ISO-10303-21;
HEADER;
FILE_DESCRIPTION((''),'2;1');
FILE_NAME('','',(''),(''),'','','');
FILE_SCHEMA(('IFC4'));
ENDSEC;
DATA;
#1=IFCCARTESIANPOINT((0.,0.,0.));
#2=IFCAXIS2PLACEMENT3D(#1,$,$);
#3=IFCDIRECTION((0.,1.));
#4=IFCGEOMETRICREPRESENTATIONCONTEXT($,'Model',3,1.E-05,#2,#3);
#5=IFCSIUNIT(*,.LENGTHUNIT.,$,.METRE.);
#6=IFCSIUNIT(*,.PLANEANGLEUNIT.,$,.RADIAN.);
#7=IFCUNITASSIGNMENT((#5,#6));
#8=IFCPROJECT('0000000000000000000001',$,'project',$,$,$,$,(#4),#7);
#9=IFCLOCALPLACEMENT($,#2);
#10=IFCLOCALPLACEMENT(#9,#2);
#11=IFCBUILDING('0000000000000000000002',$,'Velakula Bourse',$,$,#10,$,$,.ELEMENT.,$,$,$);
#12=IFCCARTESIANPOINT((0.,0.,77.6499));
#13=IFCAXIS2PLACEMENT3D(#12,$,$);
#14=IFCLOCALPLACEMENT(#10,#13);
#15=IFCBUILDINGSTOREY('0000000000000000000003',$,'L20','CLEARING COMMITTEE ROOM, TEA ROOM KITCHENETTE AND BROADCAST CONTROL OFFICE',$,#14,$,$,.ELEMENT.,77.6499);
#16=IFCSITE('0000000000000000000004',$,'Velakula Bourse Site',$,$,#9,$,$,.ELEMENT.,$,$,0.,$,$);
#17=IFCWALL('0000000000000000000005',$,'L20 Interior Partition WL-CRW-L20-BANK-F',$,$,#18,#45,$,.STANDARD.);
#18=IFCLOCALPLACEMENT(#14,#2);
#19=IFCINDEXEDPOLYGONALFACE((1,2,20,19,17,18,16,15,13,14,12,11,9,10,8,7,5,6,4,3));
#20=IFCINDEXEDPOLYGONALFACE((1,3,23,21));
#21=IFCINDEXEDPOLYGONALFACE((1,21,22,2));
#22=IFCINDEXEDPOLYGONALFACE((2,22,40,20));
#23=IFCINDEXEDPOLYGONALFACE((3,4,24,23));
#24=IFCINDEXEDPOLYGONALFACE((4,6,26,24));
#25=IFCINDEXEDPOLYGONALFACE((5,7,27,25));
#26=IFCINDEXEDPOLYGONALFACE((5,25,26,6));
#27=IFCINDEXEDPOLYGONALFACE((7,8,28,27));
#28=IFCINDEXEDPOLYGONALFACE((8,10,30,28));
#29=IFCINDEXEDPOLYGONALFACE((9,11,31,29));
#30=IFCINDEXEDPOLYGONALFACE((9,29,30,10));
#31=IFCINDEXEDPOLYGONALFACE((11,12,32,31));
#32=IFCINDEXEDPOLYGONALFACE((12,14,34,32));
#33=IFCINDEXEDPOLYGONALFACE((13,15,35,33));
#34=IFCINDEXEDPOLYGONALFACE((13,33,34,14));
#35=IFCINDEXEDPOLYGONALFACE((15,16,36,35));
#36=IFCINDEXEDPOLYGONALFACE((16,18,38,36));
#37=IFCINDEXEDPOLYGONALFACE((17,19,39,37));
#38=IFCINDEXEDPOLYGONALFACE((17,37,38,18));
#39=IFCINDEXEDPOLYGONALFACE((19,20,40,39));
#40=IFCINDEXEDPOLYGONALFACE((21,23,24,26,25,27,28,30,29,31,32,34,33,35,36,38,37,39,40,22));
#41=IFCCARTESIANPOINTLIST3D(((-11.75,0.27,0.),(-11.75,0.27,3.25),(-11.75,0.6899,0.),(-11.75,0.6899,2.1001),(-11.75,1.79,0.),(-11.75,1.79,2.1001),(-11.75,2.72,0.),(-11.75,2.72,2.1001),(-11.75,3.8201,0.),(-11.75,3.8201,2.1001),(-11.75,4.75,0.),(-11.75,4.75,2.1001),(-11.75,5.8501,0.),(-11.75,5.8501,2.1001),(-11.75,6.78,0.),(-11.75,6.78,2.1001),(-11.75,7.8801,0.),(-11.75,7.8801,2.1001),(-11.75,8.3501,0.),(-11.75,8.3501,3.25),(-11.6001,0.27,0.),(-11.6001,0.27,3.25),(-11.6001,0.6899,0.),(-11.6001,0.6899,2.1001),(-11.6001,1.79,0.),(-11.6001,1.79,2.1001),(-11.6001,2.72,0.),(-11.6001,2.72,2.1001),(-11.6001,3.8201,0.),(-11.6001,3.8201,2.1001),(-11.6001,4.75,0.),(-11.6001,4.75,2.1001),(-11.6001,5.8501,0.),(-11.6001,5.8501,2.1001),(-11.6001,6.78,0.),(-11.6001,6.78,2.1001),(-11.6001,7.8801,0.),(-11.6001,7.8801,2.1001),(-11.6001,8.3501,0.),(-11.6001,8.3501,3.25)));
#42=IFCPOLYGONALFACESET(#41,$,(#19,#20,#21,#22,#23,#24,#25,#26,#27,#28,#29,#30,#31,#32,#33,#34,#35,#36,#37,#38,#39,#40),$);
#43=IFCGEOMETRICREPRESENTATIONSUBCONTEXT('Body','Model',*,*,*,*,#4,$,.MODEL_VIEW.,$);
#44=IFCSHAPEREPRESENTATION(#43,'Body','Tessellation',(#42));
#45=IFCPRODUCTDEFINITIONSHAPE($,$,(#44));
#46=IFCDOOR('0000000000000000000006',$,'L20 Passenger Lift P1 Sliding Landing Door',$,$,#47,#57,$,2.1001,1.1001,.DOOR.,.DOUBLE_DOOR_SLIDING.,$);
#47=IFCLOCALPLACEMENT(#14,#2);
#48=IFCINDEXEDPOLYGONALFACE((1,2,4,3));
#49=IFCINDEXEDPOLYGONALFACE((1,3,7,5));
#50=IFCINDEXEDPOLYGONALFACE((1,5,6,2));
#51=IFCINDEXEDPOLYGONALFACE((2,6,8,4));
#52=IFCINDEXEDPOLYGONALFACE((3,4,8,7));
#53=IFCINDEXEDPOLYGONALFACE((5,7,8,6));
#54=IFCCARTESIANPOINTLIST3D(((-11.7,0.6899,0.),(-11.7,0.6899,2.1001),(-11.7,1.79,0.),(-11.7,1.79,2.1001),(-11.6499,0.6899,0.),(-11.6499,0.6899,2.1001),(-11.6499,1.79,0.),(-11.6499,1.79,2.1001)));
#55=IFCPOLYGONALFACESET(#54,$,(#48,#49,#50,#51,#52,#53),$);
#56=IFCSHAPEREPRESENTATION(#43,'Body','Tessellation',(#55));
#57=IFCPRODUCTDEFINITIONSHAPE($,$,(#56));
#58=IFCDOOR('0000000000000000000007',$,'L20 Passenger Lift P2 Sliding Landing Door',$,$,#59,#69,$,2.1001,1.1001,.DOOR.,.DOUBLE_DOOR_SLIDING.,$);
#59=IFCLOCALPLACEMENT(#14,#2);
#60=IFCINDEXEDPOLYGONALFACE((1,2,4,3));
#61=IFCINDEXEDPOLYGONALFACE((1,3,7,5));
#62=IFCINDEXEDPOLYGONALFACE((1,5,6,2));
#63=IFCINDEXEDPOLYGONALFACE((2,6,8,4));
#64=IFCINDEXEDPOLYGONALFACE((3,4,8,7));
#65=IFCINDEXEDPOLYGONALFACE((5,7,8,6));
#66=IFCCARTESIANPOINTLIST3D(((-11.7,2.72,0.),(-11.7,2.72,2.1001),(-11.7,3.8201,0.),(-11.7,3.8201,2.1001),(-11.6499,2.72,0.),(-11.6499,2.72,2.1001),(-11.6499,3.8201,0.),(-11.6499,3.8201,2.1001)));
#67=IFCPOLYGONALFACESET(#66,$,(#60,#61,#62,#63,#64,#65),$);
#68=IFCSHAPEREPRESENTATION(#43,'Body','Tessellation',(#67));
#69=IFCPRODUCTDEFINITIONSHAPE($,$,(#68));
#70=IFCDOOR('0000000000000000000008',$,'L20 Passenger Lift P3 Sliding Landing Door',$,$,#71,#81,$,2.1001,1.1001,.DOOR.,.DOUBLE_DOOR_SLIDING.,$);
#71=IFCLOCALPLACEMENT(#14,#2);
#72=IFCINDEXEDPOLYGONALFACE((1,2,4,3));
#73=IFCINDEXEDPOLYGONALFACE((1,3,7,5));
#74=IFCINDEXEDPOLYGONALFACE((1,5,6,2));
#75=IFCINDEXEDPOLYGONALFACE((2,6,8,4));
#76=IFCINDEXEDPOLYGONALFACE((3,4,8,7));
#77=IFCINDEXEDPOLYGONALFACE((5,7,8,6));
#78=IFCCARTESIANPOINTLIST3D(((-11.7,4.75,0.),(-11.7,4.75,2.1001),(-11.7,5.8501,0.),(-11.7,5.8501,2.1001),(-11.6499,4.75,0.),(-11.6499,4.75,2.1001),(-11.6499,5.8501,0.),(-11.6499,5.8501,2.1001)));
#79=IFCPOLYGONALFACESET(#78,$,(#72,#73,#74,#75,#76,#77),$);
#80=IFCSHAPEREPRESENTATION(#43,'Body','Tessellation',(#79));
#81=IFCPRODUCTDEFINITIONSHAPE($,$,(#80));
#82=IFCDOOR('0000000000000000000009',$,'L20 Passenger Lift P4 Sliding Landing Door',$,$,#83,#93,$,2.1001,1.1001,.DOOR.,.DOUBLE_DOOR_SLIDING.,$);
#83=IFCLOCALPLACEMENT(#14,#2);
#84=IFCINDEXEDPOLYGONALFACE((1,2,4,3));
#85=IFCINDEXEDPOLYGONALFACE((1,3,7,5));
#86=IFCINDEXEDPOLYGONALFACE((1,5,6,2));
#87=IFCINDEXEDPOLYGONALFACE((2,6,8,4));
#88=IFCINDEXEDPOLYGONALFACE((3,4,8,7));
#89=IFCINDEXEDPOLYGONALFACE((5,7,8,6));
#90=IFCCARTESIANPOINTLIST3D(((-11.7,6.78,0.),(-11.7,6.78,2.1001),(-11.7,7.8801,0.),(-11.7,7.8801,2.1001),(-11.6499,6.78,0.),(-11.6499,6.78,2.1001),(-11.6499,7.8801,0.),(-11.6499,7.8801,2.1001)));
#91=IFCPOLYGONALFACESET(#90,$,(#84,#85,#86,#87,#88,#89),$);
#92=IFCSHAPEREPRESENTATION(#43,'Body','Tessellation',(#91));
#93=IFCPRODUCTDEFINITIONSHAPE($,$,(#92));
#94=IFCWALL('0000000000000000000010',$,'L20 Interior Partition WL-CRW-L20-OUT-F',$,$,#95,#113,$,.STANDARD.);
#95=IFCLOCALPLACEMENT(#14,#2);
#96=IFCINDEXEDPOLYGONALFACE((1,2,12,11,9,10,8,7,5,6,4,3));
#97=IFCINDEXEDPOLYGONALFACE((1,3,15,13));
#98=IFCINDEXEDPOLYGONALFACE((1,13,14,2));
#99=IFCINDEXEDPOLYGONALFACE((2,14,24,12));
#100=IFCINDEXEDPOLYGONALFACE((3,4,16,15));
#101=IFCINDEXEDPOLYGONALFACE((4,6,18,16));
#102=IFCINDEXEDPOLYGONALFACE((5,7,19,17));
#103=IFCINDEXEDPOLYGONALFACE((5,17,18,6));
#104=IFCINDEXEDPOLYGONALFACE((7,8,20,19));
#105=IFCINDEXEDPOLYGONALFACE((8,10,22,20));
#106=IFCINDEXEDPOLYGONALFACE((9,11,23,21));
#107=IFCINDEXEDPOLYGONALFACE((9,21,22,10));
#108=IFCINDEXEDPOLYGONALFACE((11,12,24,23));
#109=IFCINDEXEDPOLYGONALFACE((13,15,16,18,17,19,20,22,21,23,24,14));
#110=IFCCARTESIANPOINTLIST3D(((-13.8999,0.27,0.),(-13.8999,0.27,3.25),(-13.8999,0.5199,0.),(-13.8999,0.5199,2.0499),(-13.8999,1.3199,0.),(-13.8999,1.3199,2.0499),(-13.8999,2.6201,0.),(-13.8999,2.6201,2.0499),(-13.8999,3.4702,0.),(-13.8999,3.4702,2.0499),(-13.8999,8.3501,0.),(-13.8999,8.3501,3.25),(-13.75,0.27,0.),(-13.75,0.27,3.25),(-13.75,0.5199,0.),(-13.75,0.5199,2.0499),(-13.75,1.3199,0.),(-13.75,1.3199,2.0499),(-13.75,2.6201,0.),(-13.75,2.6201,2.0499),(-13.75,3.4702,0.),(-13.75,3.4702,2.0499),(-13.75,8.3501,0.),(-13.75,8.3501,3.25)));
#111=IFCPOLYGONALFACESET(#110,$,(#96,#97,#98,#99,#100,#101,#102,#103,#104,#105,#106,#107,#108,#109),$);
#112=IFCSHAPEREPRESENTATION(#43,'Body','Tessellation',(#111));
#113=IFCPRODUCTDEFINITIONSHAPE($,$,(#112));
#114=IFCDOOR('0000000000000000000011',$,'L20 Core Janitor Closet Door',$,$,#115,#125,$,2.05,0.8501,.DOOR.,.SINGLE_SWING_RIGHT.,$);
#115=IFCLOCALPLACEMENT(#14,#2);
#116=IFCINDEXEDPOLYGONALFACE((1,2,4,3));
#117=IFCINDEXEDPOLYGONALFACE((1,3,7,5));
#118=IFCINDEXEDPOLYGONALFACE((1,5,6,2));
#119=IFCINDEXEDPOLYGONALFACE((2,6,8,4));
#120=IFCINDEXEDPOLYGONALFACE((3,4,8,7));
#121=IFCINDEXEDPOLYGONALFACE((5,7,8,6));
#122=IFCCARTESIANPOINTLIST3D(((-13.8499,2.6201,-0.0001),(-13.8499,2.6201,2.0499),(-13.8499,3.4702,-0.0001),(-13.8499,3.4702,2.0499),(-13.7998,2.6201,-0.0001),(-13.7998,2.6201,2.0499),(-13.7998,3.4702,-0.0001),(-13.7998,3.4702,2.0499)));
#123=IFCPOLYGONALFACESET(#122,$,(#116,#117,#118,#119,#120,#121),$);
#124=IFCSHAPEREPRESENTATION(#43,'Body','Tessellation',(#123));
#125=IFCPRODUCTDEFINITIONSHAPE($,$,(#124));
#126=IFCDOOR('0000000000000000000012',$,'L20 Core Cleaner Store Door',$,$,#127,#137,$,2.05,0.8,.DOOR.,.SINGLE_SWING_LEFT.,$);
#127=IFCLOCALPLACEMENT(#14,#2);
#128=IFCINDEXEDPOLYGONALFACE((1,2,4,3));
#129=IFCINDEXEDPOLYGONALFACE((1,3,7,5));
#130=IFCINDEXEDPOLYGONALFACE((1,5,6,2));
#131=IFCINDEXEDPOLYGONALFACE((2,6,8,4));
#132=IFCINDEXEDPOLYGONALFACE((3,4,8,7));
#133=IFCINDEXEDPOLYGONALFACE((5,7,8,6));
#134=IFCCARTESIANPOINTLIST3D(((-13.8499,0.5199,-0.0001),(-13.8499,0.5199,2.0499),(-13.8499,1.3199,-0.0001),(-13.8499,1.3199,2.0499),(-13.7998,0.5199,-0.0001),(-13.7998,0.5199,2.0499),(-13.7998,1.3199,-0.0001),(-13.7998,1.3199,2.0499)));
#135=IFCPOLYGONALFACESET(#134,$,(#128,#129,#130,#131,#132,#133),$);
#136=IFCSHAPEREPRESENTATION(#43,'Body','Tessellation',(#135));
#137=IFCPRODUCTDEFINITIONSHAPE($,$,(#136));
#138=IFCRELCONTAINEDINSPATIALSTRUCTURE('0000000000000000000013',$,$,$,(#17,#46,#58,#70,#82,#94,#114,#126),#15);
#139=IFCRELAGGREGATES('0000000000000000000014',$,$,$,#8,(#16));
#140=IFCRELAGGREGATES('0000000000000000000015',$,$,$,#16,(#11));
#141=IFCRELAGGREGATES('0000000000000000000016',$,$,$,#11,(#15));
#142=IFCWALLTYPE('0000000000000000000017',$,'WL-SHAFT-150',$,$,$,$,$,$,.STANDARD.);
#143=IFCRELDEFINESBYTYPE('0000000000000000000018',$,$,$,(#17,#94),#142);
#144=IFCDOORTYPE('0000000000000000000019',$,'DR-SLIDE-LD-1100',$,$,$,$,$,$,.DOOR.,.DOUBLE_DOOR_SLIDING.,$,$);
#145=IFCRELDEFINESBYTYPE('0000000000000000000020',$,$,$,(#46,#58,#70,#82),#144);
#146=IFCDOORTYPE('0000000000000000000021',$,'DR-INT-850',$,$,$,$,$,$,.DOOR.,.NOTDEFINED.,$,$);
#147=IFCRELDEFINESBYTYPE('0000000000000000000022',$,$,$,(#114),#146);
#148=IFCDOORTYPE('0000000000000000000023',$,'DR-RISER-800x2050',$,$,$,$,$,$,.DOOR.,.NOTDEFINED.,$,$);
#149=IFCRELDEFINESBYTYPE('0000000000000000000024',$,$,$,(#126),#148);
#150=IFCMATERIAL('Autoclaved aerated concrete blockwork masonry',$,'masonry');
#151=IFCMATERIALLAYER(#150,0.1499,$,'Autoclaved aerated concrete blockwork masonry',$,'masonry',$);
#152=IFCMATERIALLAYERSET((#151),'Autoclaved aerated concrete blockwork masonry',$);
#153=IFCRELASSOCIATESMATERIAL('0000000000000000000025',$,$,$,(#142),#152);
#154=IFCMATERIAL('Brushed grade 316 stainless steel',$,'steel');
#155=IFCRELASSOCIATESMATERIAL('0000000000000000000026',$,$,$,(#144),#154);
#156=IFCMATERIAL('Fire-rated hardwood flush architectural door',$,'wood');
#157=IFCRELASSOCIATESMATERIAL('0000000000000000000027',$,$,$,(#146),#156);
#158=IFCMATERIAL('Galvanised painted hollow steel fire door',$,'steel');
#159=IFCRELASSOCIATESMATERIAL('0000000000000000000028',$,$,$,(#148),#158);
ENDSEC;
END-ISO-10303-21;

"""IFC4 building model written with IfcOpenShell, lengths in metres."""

from ifc_helpers import new_model, si_unit, direction, frame, frame_2d, origin, place, context, subcontext, project, spatial, rectangle, extrude, material, layer, layer_set, type_object, element, fill, save


model = new_model("IFC4")

# Units and contexts
model_context = context("Model", 3, precision=1e-05, world=origin(), true_north=direction((0.0, 1.0)))
body_context = subcontext(model_context, "Body", "Model", "MODEL_VIEW")
ifc_project = project(units=[si_unit("LENGTHUNIT", "METRE"), si_unit("PLANEANGLEUNIT", "RADIAN")], contexts=[model_context])

# Site, building, storey
site_placement = place(None, origin())
site = spatial("IfcSite", under=ifc_project, at=site_placement, Name="Velakula Bourse Site", CompositionType="ELEMENT", RefElevation=0.0)
building_placement = place(site_placement, origin())
building = spatial("IfcBuilding", under=site, at=building_placement, Name="Velakula Bourse", CompositionType="ELEMENT")
storey_placement = place(building_placement, frame((0.0, 0.0, 77.6499)))
storey = spatial("IfcBuildingStorey", under=building, at=storey_placement, Name="L20", Description="CLEARING COMMITTEE ROOM, TEA ROOM KITCHENETTE AND BROADCAST CONTROL OFFICE", CompositionType="ELEMENT", Elevation=77.6499)

# Shared definitions
ifc_material_1 = material(Name="Autoclaved aerated concrete blockwork masonry", Category="masonry")
ifc_layer_1 = layer(ifc_material_1, 0.1499, Name="Autoclaved aerated concrete blockwork masonry", Category="masonry")
ifc_layer_set_1 = layer_set([ifc_layer_1], Name="Autoclaved aerated concrete blockwork masonry")
wall_type_1 = type_object("IfcWallType", Name="WL-SHAFT-150", PredefinedType="STANDARD", material=ifc_layer_set_1)

# Walls, openings, doors
wall_1_placement = place(storey_placement, frame((-11.675, 0.27, 0.0), z_axis=(0.0, 0.0, 1.0), x_axis=(0.0, 1.0, 0.0)))
wall_1 = element("IfcWall", 1, at=wall_1_placement, inside=storey, type_object=wall_type_1, Name="L20 Interior Partition WL-CRW-L20-BANK-F", PredefinedType="STANDARD", context=body_context, shape_type="SweptSolid", body=[
    extrude(rectangle(XDim=8.0801, YDim=0.1499, at=frame_2d((4.04, 0.0))), origin(), (0.0, 0.0, 1.0), 3.25),
])
opening_1_placement = place(wall_1_placement, frame((0.4199, 0.0, 0.0)))
opening_1 = element("IfcOpeningElement", 2, at=opening_1_placement, cuts=wall_1, PredefinedType="OPENING", context=body_context, shape_type="SweptSolid", body=[
    extrude(rectangle(XDim=1.1001, YDim=2.1001, at=frame_2d((0.55, 1.05))), frame((0.0, 0.085, 0.0), z_axis=(0.0, -1.0, 0.0), x_axis=(1.0, 0.0, 0.0)), (0.0, 0.0, 1.0), 0.1699),
])
opening_2_placement = place(wall_1_placement, frame((2.45, 0.0, 0.0)))
opening_2 = element("IfcOpeningElement", 3, at=opening_2_placement, cuts=wall_1, PredefinedType="OPENING", context=body_context, shape_type="SweptSolid", body=[
    extrude(rectangle(XDim=1.1001, YDim=2.1001, at=frame_2d((0.55, 1.05))), frame((0.0, 0.085, 0.0), z_axis=(0.0, -1.0, 0.0), x_axis=(1.0, 0.0, 0.0)), (0.0, 0.0, 1.0), 0.1699),
])
opening_3_placement = place(wall_1_placement, frame((4.48, 0.0, 0.0)))
opening_3 = element("IfcOpeningElement", 4, at=opening_3_placement, cuts=wall_1, PredefinedType="OPENING", context=body_context, shape_type="SweptSolid", body=[
    extrude(rectangle(XDim=1.1001, YDim=2.1001, at=frame_2d((0.55, 1.05))), frame((0.0, 0.085, 0.0), z_axis=(0.0, -1.0, 0.0), x_axis=(1.0, 0.0, 0.0)), (0.0, 0.0, 1.0), 0.1699),
])
opening_4_placement = place(wall_1_placement, frame((6.51, 0.0, 0.0)))
opening_4 = element("IfcOpeningElement", 5, at=opening_4_placement, cuts=wall_1, PredefinedType="OPENING", context=body_context, shape_type="SweptSolid", body=[
    extrude(rectangle(XDim=1.1001, YDim=2.1001, at=frame_2d((0.55, 1.05))), frame((0.0, 0.085, 0.0), z_axis=(0.0, -1.0, 0.0), x_axis=(1.0, 0.0, 0.0)), (0.0, 0.0, 1.0), 0.1699),
])
ifc_material_2 = material(Name="Brushed grade 316 stainless steel", Category="steel")
door_type_1 = type_object("IfcDoorType", Name="DR-SLIDE-LD-1100", OperationType="DOUBLE_DOOR_SLIDING", PredefinedType="DOOR", material=ifc_material_2)
door_1_placement = place(opening_1_placement, origin())
door_1 = element("IfcDoor", 6, at=door_1_placement, inside=storey, type_object=door_type_1, Name="L20 Passenger Lift P1 Sliding Landing Door", OperationType="DOUBLE_DOOR_SLIDING", OverallHeight=2.1001, OverallWidth=1.1001, PredefinedType="DOOR", context=body_context, shape_type="SweptSolid", body=[
    extrude(rectangle(XDim=1.1001, YDim=2.1001, at=frame_2d((0.55, 1.05))), frame((0.0, 0.0249, 0.0), z_axis=(0.0, -1.0, 0.0), x_axis=(1.0, 0.0, 0.0)), (0.0, 0.0, 1.0), 0.05),
])
fill(opening_1, door_1)
door_2_placement = place(opening_2_placement, origin())
door_2 = element("IfcDoor", 7, at=door_2_placement, inside=storey, type_object=door_type_1, Name="L20 Passenger Lift P2 Sliding Landing Door", OperationType="DOUBLE_DOOR_SLIDING", OverallHeight=2.1001, OverallWidth=1.1001, PredefinedType="DOOR", context=body_context, shape_type="SweptSolid", body=[
    extrude(rectangle(XDim=1.1001, YDim=2.1001, at=frame_2d((0.55, 1.05))), frame((0.0, 0.0249, 0.0), z_axis=(0.0, -1.0, 0.0), x_axis=(1.0, 0.0, 0.0)), (0.0, 0.0, 1.0), 0.05),
])
fill(opening_2, door_2)
door_3_placement = place(opening_3_placement, origin())
door_3 = element("IfcDoor", 8, at=door_3_placement, inside=storey, type_object=door_type_1, Name="L20 Passenger Lift P3 Sliding Landing Door", OperationType="DOUBLE_DOOR_SLIDING", OverallHeight=2.1001, OverallWidth=1.1001, PredefinedType="DOOR", context=body_context, shape_type="SweptSolid", body=[
    extrude(rectangle(XDim=1.1001, YDim=2.1001, at=frame_2d((0.55, 1.05))), frame((0.0, 0.0249, 0.0), z_axis=(0.0, -1.0, 0.0), x_axis=(1.0, 0.0, 0.0)), (0.0, 0.0, 1.0), 0.05),
])
fill(opening_3, door_3)
door_4_placement = place(opening_4_placement, origin())
door_4 = element("IfcDoor", 9, at=door_4_placement, inside=storey, type_object=door_type_1, Name="L20 Passenger Lift P4 Sliding Landing Door", OperationType="DOUBLE_DOOR_SLIDING", OverallHeight=2.1001, OverallWidth=1.1001, PredefinedType="DOOR", context=body_context, shape_type="SweptSolid", body=[
    extrude(rectangle(XDim=1.1001, YDim=2.1001, at=frame_2d((0.55, 1.05))), frame((0.0, 0.0249, 0.0), z_axis=(0.0, -1.0, 0.0), x_axis=(1.0, 0.0, 0.0)), (0.0, 0.0, 1.0), 0.05),
])
fill(opening_4, door_4)
wall_2_placement = place(storey_placement, frame((-13.825, 0.27, 0.0), z_axis=(0.0, 0.0, 1.0), x_axis=(0.0, 1.0, 0.0)))
wall_2 = element("IfcWall", 10, at=wall_2_placement, inside=storey, type_object=wall_type_1, Name="L20 Interior Partition WL-CRW-L20-OUT-F", PredefinedType="STANDARD", context=body_context, shape_type="SweptSolid", body=[
    extrude(rectangle(XDim=8.0801, YDim=0.1499, at=frame_2d((4.04, 0.0))), origin(), (0.0, 0.0, 1.0), 3.25),
])
opening_5_placement = place(wall_2_placement, frame((0.25, 0.0, 0.0)))
opening_5 = element("IfcOpeningElement", 11, at=opening_5_placement, cuts=wall_2, PredefinedType="OPENING", context=body_context, shape_type="SweptSolid", body=[
    extrude(rectangle(XDim=0.8, YDim=2.05, at=frame_2d((0.3999, 1.0249))), frame((0.0, 0.085, 0.0), z_axis=(0.0, -1.0, 0.0), x_axis=(1.0, 0.0, 0.0)), (0.0, 0.0, 1.0), 0.1699),
])
opening_6_placement = place(wall_2_placement, frame((2.3501, 0.0, 0.0)))
opening_6 = element("IfcOpeningElement", 12, at=opening_6_placement, cuts=wall_2, PredefinedType="OPENING", context=body_context, shape_type="SweptSolid", body=[
    extrude(rectangle(XDim=0.8501, YDim=2.05, at=frame_2d((0.425, 1.0249))), frame((0.0, 0.085, 0.0), z_axis=(0.0, -1.0, 0.0), x_axis=(1.0, 0.0, 0.0)), (0.0, 0.0, 1.0), 0.1699),
])
ifc_material_3 = material(Name="Fire-rated hardwood flush architectural door", Category="wood")
door_type_2 = type_object("IfcDoorType", Name="DR-INT-850", OperationType="NOTDEFINED", PredefinedType="DOOR", material=ifc_material_3)
door_5_placement = place(opening_6_placement, origin())
door_5 = element("IfcDoor", 13, at=door_5_placement, inside=storey, type_object=door_type_2, Name="L20 Core Janitor Closet Door", OperationType="SINGLE_SWING_RIGHT", OverallHeight=2.05, OverallWidth=0.8501, PredefinedType="DOOR", context=body_context, shape_type="SweptSolid", body=[
    extrude(rectangle(XDim=0.8501, YDim=2.05, at=frame_2d((0.425, 1.0249))), frame((0.0, 0.0249, 0.0), z_axis=(0.0, -1.0, 0.0), x_axis=(1.0, 0.0, 0.0)), (0.0, 0.0, 1.0), 0.05),
])
fill(opening_6, door_5)
ifc_material_4 = material(Name="Galvanised painted hollow steel fire door", Category="steel")
door_type_3 = type_object("IfcDoorType", Name="DR-RISER-800x2050", OperationType="NOTDEFINED", PredefinedType="DOOR", material=ifc_material_4)
door_6_placement = place(opening_5_placement, origin())
door_6 = element("IfcDoor", 14, at=door_6_placement, inside=storey, type_object=door_type_3, Name="L20 Core Cleaner Store Door", OperationType="SINGLE_SWING_LEFT", OverallHeight=2.05, OverallWidth=0.8, PredefinedType="DOOR", context=body_context, shape_type="SweptSolid", body=[
    extrude(rectangle(XDim=0.8, YDim=2.05, at=frame_2d((0.3999, 1.0249))), frame((0.0, 0.0249, 0.0), z_axis=(0.0, -1.0, 0.0), x_axis=(1.0, 0.0, 0.0)), (0.0, 0.0, 1.0), 0.05),
])
fill(opening_5, door_6)

save(model, "model.ifc")
